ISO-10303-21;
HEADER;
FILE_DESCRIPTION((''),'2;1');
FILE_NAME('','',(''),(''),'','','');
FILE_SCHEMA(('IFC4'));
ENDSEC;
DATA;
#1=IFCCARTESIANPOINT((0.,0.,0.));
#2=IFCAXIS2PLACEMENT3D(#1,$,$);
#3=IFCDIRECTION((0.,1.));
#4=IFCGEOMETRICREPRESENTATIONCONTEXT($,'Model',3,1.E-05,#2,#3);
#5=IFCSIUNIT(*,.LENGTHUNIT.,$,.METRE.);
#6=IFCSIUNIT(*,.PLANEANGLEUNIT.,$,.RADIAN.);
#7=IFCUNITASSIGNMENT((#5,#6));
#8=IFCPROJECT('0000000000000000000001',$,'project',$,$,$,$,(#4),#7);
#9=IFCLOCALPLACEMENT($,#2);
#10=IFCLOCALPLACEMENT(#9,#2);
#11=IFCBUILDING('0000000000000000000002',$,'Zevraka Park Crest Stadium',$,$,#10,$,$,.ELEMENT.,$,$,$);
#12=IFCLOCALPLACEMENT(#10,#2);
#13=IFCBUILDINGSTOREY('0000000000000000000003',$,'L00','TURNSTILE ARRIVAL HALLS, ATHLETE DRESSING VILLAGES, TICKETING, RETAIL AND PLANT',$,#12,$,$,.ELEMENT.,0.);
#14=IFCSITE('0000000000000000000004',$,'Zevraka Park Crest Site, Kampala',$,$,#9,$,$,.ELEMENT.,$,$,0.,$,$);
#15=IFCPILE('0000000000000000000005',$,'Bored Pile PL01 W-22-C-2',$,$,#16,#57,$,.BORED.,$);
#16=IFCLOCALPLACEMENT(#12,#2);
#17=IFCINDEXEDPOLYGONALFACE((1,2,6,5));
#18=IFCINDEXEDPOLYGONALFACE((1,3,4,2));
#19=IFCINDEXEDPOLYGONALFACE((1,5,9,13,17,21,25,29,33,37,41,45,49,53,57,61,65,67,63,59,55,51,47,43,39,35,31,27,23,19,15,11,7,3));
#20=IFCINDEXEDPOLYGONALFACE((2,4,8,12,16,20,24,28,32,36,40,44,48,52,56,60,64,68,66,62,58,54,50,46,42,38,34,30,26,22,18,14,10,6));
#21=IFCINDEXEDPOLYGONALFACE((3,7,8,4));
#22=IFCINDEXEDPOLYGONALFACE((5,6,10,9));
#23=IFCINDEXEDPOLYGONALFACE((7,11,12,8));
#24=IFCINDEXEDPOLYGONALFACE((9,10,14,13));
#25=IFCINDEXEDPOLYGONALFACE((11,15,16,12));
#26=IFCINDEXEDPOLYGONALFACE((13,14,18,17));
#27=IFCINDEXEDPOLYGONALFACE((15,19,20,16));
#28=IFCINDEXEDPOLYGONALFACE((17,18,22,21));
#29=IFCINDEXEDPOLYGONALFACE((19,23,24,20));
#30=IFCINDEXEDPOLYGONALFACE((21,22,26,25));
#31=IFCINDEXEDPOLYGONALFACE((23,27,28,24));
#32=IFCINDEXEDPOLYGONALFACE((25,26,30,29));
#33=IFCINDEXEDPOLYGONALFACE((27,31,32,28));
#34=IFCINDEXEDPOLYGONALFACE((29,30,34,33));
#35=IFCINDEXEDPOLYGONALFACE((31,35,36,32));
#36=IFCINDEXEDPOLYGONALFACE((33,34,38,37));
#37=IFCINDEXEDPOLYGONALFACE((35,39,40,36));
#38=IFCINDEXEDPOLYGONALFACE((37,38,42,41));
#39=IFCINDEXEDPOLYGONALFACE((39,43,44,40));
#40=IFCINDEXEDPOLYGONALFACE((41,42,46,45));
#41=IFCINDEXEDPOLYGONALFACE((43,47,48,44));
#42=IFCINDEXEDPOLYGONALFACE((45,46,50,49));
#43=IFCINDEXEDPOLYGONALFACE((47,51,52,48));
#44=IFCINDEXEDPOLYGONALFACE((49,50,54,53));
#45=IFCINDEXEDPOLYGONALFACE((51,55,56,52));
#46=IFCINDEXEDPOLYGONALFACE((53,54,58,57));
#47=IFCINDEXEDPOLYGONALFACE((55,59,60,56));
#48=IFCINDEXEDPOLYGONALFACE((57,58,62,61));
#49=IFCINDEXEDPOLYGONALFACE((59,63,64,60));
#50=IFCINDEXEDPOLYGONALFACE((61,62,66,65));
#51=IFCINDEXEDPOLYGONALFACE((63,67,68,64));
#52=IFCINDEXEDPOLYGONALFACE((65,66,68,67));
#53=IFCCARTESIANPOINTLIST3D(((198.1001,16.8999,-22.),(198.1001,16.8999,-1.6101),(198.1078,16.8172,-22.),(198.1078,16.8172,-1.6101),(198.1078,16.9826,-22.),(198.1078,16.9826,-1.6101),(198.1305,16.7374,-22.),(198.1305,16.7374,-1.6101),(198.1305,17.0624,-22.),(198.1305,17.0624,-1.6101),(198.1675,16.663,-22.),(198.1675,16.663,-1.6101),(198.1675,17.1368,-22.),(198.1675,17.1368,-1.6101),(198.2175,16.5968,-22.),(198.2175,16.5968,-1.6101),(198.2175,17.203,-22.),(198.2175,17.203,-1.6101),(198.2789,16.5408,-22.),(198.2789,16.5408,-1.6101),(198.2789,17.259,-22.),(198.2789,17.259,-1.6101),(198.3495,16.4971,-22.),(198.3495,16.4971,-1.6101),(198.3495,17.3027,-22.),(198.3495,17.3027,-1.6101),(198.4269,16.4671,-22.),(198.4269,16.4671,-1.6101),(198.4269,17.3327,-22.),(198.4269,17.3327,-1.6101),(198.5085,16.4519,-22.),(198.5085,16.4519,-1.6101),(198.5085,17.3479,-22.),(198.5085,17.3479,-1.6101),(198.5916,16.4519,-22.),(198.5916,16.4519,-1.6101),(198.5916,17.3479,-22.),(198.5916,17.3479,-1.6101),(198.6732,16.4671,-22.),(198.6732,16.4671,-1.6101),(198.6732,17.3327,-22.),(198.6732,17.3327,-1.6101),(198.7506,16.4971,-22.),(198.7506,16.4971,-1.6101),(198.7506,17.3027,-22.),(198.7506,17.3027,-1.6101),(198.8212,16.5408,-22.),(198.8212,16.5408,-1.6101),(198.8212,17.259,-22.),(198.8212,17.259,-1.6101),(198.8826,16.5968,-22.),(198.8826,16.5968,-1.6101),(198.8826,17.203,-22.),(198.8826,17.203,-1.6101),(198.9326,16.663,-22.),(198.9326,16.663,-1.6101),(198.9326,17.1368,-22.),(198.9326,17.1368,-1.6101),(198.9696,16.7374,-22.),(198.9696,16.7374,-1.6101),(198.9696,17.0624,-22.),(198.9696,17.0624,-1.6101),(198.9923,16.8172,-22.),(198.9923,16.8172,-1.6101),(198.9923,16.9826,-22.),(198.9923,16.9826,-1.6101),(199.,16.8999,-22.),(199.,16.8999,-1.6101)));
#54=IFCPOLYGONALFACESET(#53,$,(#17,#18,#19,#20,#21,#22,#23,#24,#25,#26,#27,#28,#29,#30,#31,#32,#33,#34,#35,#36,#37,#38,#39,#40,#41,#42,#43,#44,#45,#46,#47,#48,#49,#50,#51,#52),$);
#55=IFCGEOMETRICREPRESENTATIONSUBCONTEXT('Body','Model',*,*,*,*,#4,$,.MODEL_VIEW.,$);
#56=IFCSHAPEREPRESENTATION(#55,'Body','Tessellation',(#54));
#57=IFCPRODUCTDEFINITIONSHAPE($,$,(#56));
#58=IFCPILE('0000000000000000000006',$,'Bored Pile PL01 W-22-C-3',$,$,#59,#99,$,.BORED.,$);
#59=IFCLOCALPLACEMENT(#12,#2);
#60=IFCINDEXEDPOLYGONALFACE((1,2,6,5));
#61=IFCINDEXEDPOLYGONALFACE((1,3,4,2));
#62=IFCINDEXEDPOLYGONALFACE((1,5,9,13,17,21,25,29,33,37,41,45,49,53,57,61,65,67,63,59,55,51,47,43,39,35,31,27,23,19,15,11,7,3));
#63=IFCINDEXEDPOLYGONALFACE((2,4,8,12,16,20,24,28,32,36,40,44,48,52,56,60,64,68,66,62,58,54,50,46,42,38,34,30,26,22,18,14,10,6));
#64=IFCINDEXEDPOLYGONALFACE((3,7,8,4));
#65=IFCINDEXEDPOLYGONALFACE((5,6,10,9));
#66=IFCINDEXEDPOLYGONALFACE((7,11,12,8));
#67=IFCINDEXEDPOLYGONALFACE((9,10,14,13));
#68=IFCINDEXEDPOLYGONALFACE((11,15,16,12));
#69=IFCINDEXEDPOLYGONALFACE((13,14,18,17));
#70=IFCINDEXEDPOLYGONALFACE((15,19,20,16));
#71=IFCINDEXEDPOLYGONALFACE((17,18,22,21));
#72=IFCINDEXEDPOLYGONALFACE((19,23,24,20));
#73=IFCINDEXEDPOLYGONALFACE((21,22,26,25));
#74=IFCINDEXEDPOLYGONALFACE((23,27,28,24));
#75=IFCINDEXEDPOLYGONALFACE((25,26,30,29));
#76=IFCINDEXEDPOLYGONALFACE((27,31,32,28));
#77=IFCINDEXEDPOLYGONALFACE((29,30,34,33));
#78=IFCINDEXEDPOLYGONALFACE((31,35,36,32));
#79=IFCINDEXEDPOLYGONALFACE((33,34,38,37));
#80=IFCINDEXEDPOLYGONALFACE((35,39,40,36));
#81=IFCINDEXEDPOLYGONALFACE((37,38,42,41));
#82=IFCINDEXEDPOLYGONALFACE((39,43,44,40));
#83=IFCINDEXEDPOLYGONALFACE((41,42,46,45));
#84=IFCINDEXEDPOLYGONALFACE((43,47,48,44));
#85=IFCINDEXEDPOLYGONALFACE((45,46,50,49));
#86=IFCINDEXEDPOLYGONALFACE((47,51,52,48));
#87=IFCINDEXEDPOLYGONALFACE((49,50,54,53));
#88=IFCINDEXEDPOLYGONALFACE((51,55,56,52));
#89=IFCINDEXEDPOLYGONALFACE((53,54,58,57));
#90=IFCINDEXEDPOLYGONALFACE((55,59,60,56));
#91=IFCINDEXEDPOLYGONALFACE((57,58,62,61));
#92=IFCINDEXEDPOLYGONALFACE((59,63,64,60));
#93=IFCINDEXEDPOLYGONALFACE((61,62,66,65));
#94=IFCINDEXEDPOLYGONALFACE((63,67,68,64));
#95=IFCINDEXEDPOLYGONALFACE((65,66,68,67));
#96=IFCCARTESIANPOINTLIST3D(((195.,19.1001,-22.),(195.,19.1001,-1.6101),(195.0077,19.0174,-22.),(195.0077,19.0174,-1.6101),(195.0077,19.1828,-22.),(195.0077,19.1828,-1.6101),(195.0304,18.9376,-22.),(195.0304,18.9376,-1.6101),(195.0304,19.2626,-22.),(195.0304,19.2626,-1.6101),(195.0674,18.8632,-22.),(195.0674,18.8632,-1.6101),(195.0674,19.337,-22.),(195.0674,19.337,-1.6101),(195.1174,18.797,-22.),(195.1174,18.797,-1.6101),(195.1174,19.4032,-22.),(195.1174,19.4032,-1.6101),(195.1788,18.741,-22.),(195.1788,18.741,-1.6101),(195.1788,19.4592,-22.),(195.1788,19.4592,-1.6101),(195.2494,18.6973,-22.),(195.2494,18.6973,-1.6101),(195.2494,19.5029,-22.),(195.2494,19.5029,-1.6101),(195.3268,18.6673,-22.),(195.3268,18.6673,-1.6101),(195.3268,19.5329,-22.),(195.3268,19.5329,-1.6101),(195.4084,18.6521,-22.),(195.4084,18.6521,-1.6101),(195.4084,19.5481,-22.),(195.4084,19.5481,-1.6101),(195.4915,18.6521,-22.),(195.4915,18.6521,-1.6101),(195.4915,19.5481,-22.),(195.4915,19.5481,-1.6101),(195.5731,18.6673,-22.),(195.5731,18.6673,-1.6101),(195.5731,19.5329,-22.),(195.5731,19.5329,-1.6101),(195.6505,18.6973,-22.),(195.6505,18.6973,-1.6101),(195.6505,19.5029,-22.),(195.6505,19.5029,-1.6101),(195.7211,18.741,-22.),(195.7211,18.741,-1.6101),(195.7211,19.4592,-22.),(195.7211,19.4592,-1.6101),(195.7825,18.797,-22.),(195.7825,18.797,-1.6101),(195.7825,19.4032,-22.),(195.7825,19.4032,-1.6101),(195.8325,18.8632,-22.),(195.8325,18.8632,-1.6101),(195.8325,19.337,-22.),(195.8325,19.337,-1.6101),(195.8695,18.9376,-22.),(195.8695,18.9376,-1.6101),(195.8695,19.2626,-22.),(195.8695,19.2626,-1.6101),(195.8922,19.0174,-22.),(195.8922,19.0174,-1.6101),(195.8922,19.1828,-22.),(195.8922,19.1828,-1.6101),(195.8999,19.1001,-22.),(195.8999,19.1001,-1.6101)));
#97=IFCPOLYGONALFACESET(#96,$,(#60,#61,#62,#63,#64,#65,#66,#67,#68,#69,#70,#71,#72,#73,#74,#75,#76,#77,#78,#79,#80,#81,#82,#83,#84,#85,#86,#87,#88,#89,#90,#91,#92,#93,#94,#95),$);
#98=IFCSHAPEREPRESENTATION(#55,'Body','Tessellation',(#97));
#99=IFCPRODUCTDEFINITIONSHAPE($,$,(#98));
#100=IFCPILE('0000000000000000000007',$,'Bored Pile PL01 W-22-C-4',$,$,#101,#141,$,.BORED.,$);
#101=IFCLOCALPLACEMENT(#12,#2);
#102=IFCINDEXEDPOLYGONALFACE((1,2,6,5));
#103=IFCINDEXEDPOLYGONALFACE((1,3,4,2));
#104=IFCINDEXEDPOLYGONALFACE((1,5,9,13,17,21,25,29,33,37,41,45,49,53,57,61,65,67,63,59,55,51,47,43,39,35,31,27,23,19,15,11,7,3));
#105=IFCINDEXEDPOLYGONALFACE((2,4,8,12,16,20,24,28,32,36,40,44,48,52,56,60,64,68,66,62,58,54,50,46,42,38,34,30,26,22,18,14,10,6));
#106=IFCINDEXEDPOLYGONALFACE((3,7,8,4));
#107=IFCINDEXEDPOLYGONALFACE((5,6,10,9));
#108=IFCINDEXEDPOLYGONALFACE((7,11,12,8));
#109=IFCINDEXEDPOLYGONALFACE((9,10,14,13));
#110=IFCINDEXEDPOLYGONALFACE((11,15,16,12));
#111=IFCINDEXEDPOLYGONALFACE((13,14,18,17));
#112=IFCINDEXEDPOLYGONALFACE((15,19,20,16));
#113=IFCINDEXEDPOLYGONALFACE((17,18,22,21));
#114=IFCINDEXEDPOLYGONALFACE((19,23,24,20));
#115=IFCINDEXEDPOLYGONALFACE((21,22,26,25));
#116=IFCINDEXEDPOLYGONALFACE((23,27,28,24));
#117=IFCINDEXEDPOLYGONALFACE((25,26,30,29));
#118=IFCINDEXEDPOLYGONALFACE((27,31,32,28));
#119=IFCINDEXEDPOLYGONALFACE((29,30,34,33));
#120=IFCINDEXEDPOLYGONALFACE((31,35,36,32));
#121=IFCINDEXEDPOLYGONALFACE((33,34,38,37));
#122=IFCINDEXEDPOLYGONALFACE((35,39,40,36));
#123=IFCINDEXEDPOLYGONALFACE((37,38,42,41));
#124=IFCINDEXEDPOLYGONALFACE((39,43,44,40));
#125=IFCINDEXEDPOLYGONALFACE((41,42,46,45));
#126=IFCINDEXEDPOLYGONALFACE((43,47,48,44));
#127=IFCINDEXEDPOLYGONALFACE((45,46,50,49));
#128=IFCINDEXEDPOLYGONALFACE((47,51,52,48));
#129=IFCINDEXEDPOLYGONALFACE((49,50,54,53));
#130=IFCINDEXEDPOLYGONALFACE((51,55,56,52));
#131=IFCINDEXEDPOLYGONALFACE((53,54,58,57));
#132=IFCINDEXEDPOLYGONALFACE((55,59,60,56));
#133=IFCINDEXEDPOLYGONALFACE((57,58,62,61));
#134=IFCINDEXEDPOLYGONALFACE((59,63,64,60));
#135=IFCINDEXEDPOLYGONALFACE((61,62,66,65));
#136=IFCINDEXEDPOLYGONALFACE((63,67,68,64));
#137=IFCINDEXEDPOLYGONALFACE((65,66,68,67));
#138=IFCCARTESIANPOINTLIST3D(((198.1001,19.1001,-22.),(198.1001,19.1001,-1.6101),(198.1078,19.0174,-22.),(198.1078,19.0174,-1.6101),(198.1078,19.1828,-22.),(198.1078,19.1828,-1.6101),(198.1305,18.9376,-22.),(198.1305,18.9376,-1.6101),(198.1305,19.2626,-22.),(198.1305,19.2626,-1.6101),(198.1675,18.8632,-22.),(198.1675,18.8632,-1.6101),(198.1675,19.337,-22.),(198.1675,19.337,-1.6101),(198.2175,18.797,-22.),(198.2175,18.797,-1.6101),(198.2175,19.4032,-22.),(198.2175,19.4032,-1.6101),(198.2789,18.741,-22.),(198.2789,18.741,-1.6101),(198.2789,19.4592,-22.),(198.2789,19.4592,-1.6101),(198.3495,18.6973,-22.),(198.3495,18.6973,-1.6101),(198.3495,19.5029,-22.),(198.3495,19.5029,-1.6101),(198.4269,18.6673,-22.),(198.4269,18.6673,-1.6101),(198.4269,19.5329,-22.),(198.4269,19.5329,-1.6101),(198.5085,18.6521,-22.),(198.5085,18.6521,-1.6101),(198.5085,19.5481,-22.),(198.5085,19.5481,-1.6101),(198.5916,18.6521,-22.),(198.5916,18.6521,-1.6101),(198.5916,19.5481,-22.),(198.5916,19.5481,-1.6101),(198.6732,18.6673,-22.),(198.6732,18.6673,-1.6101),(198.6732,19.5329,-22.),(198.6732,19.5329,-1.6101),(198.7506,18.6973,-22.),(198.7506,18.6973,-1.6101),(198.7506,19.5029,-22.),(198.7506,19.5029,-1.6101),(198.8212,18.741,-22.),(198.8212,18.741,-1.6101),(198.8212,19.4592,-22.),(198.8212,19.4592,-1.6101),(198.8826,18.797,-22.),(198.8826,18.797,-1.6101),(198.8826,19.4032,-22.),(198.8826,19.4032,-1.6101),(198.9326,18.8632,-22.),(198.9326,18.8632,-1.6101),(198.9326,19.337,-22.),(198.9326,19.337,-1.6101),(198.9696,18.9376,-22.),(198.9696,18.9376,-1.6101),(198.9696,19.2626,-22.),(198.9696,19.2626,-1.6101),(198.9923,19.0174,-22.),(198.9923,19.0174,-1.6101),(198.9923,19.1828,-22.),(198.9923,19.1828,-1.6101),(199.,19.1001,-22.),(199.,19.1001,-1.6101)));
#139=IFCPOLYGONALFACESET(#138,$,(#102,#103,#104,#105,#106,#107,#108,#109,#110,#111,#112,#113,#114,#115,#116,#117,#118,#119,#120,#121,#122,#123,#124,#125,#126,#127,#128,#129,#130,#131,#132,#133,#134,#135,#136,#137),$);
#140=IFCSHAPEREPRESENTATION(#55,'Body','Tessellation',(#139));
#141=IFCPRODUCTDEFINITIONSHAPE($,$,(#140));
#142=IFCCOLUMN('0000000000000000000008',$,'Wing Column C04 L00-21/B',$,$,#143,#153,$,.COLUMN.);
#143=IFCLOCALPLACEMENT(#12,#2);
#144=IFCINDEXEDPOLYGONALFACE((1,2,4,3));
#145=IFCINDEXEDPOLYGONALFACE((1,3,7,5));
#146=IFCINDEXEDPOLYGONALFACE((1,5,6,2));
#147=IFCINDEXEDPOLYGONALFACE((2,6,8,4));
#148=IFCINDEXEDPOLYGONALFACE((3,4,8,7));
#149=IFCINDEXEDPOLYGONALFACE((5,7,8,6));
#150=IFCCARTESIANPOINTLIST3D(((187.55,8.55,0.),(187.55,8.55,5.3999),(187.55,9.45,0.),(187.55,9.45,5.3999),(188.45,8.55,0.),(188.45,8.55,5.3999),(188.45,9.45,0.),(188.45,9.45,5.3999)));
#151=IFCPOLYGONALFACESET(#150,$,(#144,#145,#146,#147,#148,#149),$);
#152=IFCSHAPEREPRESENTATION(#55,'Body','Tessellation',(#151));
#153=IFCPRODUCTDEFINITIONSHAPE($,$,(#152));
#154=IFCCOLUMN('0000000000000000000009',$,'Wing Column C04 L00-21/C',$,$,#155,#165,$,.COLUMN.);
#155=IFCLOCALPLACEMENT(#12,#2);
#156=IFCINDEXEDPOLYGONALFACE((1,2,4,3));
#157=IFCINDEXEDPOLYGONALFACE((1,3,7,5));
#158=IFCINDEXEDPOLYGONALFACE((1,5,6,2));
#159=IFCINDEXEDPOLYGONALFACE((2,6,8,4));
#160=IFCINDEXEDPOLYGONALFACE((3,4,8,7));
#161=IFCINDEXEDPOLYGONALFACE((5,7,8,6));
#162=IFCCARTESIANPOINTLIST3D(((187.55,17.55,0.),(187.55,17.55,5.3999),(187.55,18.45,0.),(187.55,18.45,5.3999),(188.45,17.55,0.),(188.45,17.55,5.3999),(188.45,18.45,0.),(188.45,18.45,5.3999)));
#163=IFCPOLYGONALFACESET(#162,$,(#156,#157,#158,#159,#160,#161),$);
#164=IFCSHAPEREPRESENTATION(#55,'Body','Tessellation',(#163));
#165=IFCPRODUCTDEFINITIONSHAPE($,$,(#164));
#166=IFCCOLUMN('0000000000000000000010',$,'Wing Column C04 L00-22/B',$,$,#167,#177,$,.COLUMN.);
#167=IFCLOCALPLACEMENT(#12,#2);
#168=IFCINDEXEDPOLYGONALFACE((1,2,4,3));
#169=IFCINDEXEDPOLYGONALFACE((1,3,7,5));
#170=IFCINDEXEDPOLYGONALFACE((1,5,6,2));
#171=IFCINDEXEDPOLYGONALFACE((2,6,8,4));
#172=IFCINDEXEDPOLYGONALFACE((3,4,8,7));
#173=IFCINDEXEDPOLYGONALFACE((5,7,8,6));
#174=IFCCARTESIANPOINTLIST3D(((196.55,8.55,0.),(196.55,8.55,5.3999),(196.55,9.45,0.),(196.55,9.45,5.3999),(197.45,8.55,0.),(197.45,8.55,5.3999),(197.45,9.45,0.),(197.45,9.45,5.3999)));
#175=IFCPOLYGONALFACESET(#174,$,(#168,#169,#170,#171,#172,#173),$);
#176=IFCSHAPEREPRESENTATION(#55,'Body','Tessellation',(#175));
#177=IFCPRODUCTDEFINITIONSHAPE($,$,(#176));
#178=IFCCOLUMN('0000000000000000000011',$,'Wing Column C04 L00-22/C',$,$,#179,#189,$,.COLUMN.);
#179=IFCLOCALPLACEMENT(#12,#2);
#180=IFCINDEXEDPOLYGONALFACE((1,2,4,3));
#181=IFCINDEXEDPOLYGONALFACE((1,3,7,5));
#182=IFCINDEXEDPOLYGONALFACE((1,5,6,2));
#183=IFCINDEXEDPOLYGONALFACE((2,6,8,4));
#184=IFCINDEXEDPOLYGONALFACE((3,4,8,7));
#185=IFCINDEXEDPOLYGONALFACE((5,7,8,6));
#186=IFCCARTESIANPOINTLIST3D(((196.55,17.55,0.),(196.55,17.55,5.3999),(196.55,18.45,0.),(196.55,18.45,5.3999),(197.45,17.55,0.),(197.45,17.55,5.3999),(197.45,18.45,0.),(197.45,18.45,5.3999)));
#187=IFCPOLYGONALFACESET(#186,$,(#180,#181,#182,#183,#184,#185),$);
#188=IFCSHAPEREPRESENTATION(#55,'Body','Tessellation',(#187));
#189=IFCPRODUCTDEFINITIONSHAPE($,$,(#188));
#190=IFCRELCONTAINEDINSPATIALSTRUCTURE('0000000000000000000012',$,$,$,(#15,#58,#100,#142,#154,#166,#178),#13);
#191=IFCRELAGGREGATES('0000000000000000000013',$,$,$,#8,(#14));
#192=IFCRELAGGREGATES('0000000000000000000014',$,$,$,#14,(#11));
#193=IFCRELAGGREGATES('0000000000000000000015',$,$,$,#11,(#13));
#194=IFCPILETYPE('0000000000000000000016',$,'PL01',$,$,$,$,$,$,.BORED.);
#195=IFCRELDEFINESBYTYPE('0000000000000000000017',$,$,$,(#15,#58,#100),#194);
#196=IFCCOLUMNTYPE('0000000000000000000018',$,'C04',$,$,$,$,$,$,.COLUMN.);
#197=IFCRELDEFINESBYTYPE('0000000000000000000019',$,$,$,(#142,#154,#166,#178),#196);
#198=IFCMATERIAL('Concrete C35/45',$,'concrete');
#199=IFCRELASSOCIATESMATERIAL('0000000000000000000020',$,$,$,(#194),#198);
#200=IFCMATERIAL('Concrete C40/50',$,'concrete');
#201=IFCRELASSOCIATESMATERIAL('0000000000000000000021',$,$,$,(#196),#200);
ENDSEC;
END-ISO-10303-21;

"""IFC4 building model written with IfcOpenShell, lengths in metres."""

from ifc_helpers import new_model, si_unit, direction, frame, origin, origin_2d, place, context, subcontext, project, spatial, rectangle, circle, extrude, material, material_profile, profile_set, type_object, element, save


model = new_model("IFC4")

# Units and contexts
model_context = context("Model", 3, precision=1e-05, world=origin(), true_north=direction((0.0, 1.0)))
body_context = subcontext(model_context, "Body", "Model", "MODEL_VIEW")
ifc_project = project(units=[si_unit("LENGTHUNIT", "METRE"), si_unit("PLANEANGLEUNIT", "RADIAN")], contexts=[model_context])

# Site, building, storey
site_placement = place(None, origin())
site = spatial("IfcSite", under=ifc_project, at=site_placement, Name="Zevraka Park Crest Site, Kampala", CompositionType="ELEMENT", RefElevation=0.0)
building_placement = place(site_placement, origin())
building = spatial("IfcBuilding", under=site, at=building_placement, Name="Zevraka Park Crest Stadium", CompositionType="ELEMENT")
storey_placement = place(building_placement, origin())
storey = spatial("IfcBuildingStorey", under=building, at=storey_placement, Name="L00", Description="TURNSTILE ARRIVAL HALLS, ATHLETE DRESSING VILLAGES, TICKETING, RETAIL AND PLANT", CompositionType="ELEMENT", Elevation=0.0)

# Piles
ifc_material_1 = material(Name="Concrete C35/45", Category="concrete")
ifc_material_profile_1 = material_profile(ifc_material_1, circle(Radius=0.45, at=origin_2d()), Name="PILE D900")
ifc_profile_set_1 = profile_set([ifc_material_profile_1], Name="Concrete C35/45")
pile_type = type_object("IfcPileType", Name="PL01", PredefinedType="BORED", material=ifc_profile_set_1)
for number, where, z_axis, x_axis, name in (
    (1, (198.55, 16.8999, -1.6101), (0.0, 0.0, -1.0), (1.0, 0.0, 0.0), "Bored Pile PL01 W-22-C-2"),
    (2, (195.45, 19.1001, -1.6101), (0.0, 0.0, -1.0), (1.0, 0.0, 0.0), "Bored Pile PL01 W-22-C-3"),
    (3, (198.55, 19.1001, -1.6101), (0.0, 0.0, -1.0), (1.0, 0.0, 0.0), "Bored Pile PL01 W-22-C-4"),
):
    element("IfcPile", number, at=place(storey_placement, frame(where, z_axis=z_axis, x_axis=x_axis)), inside=storey, type_object=pile_type, Name=name, PredefinedType="BORED", context=body_context, shape_type="SweptSolid", body=[
        extrude(circle(Radius=0.45, at=origin_2d()), origin(), (0.0, 0.0, 1.0), 20.3899),
    ])

# Columns
ifc_material_2 = material(Name="Concrete C40/50", Category="concrete")
ifc_material_profile_2 = material_profile(ifc_material_2, rectangle(XDim=0.8999, YDim=0.8999, at=origin_2d()), Name="RC 900x900")
ifc_profile_set_2 = profile_set([ifc_material_profile_2], Name="Concrete C40/50")
column_type = type_object("IfcColumnType", Name="C04", PredefinedType="COLUMN", material=ifc_profile_set_2)
for number, where, z_axis, x_axis, name in (
    (4, (188.0, 9.0, 0.0), (0.0, 0.0, 1.0), (1.0, 0.0, 0.0), "Wing Column C04 L00-21/B"),
    (5, (188.0, 18.0, 0.0), (0.0, 0.0, 1.0), (1.0, 0.0, 0.0), "Wing Column C04 L00-21/C"),
    (6, (197.0, 9.0, 0.0), (0.0, 0.0, 1.0), (1.0, 0.0, 0.0), "Wing Column C04 L00-22/B"),
    (7, (197.0, 18.0, 0.0), (0.0, 0.0, 1.0), (1.0, 0.0, 0.0), "Wing Column C04 L00-22/C"),
):
    element("IfcColumn", number, at=place(storey_placement, frame(where, z_axis=z_axis, x_axis=x_axis)), inside=storey, type_object=column_type, Name=name, PredefinedType="COLUMN", context=body_context, shape_type="SweptSolid", body=[
        extrude(rectangle(XDim=0.8999, YDim=0.8999, at=origin_2d()), origin(), (0.0, 0.0, 1.0), 5.3999),
    ])

save(model, "model.ifc")
